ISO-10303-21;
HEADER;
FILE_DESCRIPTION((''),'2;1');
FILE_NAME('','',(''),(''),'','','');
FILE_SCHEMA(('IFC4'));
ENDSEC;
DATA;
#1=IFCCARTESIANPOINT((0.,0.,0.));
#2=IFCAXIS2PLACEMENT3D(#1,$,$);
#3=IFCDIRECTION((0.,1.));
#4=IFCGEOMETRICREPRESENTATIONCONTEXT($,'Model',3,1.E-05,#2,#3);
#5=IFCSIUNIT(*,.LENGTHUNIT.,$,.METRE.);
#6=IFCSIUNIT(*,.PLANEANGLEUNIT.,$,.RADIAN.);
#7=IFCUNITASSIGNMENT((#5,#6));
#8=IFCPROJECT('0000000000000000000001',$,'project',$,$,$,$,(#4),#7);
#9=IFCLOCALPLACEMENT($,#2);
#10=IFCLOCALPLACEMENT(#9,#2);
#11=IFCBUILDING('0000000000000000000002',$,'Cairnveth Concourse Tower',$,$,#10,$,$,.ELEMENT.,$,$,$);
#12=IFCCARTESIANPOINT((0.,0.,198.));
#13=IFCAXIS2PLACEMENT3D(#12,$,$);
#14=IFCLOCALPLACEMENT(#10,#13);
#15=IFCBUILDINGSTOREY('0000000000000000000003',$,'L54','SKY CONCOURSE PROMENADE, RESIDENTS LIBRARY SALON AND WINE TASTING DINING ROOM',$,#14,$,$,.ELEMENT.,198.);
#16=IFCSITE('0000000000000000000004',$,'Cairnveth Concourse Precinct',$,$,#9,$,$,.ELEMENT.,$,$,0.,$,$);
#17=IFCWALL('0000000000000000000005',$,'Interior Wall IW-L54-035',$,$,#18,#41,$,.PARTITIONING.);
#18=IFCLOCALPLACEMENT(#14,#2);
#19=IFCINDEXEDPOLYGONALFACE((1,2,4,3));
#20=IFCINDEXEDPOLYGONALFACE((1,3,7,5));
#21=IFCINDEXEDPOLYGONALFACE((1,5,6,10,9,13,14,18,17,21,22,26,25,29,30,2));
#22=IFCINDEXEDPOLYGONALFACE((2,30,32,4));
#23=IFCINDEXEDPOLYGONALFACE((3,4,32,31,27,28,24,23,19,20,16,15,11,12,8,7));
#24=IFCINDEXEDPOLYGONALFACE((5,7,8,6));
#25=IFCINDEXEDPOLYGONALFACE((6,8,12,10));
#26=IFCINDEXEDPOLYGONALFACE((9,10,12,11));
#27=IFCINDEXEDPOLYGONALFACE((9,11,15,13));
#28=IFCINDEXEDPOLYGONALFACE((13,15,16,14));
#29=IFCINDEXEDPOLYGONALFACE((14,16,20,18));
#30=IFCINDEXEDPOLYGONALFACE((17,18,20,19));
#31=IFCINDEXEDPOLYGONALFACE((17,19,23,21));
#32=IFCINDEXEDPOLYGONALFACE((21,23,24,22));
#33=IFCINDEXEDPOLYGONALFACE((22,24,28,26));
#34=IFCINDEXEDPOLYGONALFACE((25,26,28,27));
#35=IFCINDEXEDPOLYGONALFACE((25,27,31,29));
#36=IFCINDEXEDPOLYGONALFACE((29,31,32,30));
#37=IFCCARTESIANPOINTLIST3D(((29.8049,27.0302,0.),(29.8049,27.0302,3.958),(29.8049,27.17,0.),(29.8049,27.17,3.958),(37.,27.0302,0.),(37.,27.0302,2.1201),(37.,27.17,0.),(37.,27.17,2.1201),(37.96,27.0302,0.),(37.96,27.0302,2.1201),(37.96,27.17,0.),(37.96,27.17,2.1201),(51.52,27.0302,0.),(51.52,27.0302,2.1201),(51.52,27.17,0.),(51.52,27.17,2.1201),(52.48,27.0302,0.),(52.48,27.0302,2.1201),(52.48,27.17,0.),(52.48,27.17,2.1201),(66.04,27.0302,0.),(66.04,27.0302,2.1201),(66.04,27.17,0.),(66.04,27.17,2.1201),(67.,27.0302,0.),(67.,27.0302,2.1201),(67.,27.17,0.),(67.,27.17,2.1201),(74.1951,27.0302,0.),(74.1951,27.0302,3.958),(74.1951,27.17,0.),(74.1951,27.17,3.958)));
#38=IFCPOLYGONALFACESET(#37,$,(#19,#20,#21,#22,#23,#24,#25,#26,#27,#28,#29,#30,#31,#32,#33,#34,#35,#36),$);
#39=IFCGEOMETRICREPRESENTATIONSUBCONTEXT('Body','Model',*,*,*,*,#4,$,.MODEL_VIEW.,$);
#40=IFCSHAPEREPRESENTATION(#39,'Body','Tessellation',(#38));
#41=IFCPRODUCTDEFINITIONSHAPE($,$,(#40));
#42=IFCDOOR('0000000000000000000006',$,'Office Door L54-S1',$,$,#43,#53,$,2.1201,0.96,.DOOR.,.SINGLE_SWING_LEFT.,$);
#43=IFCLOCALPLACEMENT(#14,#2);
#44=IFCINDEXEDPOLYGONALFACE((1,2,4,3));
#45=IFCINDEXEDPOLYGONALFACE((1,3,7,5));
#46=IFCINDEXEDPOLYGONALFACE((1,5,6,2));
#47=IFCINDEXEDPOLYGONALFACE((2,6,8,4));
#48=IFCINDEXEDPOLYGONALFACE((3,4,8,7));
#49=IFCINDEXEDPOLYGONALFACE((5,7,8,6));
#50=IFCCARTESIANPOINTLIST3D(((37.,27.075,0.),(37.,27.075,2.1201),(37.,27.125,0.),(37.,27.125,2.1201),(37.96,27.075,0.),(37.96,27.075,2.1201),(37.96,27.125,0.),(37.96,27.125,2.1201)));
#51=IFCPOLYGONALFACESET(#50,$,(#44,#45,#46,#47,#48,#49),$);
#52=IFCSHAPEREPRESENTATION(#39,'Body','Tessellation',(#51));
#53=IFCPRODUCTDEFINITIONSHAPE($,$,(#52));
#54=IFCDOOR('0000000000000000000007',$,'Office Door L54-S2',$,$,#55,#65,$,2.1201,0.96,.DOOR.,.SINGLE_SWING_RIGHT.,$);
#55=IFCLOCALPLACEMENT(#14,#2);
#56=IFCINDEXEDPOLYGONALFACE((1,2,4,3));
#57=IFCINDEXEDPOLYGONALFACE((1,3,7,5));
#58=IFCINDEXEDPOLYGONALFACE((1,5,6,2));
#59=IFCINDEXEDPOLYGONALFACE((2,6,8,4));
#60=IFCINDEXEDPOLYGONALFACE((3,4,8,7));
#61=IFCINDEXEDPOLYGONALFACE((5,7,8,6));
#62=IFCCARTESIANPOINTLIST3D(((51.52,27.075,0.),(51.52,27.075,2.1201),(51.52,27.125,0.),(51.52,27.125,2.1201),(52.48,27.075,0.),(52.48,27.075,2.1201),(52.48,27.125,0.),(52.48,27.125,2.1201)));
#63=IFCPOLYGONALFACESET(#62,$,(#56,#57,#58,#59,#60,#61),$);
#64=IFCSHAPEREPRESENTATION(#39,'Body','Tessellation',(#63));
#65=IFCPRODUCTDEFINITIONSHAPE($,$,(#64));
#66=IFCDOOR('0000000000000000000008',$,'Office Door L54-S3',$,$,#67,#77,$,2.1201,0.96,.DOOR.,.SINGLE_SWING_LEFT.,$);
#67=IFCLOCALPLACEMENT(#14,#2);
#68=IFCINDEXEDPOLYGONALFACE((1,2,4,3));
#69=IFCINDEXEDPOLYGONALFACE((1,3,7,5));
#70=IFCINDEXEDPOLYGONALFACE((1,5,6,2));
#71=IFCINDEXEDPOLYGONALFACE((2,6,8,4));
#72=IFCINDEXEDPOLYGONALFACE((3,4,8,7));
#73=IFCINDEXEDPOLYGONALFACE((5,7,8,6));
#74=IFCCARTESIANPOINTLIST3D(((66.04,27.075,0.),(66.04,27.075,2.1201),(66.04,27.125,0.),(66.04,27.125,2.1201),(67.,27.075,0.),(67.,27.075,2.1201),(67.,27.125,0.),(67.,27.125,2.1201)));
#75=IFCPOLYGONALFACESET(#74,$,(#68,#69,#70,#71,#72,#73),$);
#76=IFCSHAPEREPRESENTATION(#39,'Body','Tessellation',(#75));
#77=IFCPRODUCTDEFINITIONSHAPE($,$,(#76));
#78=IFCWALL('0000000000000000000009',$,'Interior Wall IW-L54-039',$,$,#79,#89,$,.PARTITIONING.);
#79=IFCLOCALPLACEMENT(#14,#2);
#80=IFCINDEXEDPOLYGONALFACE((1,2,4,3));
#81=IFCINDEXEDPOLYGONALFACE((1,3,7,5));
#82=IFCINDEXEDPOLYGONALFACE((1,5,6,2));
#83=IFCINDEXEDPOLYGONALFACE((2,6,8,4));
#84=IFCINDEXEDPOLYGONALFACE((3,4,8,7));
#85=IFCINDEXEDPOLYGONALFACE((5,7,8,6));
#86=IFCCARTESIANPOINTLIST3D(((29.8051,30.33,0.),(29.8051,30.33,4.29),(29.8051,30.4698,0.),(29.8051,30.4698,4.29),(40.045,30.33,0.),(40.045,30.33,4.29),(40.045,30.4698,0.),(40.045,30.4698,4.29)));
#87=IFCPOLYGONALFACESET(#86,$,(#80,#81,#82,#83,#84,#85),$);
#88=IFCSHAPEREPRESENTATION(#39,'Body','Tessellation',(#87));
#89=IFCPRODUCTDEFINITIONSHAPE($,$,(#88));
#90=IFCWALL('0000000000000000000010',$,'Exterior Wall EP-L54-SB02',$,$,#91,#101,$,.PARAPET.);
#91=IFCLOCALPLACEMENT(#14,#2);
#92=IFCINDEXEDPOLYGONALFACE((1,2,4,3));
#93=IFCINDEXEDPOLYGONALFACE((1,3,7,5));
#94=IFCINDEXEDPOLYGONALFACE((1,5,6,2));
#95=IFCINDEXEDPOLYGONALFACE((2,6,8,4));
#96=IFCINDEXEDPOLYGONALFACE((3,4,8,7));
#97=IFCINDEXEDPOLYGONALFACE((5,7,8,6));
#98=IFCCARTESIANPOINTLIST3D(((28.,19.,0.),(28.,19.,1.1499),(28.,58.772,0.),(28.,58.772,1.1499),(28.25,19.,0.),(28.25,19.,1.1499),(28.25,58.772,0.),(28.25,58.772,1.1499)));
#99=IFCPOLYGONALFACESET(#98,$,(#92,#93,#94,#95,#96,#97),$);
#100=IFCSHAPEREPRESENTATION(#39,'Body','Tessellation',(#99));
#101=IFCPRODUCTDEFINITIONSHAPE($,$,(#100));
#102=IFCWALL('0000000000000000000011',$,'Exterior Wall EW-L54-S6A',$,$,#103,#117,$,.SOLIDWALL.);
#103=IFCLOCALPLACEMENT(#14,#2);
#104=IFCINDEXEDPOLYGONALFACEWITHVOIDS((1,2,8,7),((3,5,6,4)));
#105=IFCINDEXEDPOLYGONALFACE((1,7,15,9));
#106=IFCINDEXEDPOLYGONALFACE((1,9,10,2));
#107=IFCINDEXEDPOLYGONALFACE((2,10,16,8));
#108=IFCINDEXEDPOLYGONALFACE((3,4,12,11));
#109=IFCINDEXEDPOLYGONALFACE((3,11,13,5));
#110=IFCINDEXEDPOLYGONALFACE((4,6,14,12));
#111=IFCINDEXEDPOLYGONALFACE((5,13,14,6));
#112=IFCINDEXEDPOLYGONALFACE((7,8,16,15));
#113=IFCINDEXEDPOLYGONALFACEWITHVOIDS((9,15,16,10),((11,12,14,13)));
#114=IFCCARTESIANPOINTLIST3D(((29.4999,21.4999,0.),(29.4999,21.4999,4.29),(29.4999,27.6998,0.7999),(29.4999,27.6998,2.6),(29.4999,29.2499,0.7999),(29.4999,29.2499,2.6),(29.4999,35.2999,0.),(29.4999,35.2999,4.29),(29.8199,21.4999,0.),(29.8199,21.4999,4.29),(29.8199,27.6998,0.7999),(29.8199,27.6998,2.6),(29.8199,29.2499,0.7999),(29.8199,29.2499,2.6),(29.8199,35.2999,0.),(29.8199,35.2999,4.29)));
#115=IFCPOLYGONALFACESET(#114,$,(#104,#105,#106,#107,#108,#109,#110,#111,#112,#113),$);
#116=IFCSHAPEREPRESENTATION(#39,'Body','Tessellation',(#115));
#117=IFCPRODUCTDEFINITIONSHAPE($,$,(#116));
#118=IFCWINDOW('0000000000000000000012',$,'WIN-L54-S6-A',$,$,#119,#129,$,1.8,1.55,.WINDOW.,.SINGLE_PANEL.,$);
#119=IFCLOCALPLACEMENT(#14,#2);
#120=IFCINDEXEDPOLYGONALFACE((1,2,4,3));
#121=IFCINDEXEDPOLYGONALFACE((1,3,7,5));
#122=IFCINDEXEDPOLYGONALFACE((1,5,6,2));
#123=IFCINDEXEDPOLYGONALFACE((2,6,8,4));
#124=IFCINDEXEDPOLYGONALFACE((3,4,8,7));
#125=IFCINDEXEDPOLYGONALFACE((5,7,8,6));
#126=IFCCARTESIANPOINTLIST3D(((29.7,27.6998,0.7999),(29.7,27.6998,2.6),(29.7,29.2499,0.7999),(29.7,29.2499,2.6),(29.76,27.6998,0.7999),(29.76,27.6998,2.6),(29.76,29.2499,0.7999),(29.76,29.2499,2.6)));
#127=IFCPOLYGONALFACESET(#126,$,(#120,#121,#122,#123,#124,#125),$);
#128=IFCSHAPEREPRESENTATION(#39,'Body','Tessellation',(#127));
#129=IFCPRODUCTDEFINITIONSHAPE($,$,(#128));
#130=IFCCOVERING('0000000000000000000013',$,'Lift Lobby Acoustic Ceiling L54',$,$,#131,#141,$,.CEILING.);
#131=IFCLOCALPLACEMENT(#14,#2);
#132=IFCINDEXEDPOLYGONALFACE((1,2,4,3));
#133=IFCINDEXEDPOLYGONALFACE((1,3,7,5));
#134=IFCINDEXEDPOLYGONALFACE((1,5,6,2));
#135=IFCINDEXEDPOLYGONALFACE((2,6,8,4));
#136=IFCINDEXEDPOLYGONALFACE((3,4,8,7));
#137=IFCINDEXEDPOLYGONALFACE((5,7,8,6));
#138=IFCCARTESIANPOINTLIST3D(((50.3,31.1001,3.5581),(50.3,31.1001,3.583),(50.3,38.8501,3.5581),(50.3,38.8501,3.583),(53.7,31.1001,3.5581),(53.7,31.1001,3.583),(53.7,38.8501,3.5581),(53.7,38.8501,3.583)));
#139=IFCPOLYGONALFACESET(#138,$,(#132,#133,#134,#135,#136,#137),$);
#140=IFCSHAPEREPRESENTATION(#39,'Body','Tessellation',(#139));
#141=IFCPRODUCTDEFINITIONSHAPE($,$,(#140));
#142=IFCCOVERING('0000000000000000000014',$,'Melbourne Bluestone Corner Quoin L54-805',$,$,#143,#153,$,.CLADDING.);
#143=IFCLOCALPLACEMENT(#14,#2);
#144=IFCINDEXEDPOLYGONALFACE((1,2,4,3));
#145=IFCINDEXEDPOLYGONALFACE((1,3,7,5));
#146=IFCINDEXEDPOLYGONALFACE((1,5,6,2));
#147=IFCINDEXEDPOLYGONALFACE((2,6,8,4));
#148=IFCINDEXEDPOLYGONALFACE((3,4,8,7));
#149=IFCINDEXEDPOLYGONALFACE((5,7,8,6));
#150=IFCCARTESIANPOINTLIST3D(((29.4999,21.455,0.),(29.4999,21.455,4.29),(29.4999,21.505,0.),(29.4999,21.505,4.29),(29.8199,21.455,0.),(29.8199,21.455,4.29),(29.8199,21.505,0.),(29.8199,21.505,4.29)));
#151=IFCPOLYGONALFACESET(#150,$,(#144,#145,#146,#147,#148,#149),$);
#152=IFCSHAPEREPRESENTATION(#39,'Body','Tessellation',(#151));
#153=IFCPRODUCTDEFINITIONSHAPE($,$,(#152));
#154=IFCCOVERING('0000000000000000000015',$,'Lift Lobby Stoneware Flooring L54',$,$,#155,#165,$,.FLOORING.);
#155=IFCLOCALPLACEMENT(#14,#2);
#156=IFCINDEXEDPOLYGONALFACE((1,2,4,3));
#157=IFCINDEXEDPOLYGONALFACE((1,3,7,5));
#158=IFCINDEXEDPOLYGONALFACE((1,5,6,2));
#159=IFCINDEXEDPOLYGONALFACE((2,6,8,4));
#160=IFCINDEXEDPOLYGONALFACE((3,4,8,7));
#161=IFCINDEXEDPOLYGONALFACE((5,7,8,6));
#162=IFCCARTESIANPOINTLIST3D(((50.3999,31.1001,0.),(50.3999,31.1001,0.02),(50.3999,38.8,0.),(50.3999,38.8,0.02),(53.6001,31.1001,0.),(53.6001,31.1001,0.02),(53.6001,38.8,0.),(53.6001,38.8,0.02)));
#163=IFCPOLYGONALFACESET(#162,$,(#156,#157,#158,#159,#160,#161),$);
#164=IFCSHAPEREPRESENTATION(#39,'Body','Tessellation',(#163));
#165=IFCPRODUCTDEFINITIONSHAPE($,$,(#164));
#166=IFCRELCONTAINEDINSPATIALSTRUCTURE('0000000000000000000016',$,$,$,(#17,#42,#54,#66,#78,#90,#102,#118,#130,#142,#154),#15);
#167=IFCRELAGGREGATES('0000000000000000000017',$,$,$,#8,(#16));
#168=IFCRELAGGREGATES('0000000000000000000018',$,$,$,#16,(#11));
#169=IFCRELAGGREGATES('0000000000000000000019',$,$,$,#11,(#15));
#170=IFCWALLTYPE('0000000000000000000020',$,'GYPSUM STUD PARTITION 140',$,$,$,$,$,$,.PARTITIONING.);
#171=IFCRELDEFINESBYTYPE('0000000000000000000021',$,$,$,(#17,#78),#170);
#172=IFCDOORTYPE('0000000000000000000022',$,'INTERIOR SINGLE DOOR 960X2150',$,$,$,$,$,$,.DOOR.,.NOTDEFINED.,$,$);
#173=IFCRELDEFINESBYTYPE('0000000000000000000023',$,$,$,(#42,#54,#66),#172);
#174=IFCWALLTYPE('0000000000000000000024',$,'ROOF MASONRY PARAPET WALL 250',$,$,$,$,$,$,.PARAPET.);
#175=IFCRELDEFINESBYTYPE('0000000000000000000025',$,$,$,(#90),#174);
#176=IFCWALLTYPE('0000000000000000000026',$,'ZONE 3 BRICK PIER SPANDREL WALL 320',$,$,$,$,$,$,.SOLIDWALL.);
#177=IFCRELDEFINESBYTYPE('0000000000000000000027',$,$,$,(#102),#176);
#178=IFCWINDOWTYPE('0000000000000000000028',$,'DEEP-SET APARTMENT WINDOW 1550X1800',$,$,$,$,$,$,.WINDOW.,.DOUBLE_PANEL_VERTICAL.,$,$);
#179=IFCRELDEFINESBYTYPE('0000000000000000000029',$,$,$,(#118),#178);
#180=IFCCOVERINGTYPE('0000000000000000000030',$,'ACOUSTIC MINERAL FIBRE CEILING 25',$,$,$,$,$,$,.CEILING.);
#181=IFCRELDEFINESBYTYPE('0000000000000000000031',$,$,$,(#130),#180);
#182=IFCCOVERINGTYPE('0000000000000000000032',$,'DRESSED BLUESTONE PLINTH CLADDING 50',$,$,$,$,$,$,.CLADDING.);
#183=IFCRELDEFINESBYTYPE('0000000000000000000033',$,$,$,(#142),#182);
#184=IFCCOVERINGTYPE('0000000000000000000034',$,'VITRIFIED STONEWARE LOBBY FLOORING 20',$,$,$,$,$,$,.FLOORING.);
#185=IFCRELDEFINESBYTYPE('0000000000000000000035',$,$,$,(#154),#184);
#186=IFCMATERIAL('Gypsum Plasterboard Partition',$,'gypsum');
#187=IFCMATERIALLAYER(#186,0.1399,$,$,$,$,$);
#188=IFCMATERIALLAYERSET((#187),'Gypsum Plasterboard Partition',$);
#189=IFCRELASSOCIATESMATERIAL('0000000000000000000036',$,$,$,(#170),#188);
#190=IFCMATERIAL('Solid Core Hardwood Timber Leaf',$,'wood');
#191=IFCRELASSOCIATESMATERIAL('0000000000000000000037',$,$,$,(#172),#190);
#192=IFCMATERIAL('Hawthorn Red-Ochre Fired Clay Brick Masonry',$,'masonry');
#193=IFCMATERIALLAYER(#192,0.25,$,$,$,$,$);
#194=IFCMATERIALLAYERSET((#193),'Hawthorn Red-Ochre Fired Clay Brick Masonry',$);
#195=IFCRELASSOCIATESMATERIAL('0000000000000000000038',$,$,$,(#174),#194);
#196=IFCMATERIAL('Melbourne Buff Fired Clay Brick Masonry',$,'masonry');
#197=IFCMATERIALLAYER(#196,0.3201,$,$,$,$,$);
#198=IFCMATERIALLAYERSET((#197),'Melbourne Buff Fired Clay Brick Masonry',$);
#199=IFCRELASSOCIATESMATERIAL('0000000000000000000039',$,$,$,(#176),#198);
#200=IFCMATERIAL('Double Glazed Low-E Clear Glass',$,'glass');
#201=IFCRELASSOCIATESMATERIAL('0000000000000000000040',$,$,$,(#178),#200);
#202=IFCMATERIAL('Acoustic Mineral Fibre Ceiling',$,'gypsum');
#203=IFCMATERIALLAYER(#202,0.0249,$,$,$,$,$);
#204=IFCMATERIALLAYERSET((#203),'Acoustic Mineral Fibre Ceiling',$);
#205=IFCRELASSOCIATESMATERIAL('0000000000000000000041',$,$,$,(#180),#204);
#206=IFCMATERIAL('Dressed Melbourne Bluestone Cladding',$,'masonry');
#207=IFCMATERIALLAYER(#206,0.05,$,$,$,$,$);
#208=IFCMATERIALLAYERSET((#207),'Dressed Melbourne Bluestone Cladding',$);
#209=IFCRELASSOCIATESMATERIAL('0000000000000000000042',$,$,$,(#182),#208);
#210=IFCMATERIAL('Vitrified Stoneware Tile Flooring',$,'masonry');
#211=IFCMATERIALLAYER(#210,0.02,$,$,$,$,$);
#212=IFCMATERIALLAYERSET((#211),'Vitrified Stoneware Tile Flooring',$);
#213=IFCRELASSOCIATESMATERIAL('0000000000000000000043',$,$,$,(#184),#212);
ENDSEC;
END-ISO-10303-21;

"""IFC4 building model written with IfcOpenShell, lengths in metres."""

from ifc_helpers import new_model, si_unit, direction, frame, frame_2d, origin, place, context, subcontext, project, spatial, polyline, rectangle, outline, extrude, material, layer, layer_set, type_object, element, fill, save


model = new_model("IFC4")

# Units and contexts
model_context = context("Model", 3, precision=1e-05, world=origin(), true_north=direction((0.0, 1.0)))
body_context = subcontext(model_context, "Body", "Model", "MODEL_VIEW")
ifc_project = project(units=[si_unit("LENGTHUNIT", "METRE"), si_unit("PLANEANGLEUNIT", "RADIAN")], contexts=[model_context])

# Site, building, storey
site_placement = place(None, origin())
site = spatial("IfcSite", under=ifc_project, at=site_placement, Name="Cairnveth Concourse Precinct", CompositionType="ELEMENT", RefElevation=0.0)
building_placement = place(site_placement, origin())
building = spatial("IfcBuilding", under=site, at=building_placement, Name="Cairnveth Concourse Tower", CompositionType="ELEMENT")
storey_placement = place(building_placement, frame((0.0, 0.0, 198.0)))
storey = spatial("IfcBuildingStorey", under=building, at=storey_placement, Name="L54", Description="SKY CONCOURSE PROMENADE, RESIDENTS LIBRARY SALON AND WINE TASTING DINING ROOM", CompositionType="ELEMENT", Elevation=198.0)

# Wall, openings, doors
ifc_material_1 = material(Name="Gypsum Plasterboard Partition", Category="gypsum")
ifc_layer_1 = layer(ifc_material_1, 0.1399)
ifc_layer_set_1 = layer_set([ifc_layer_1], Name="Gypsum Plasterboard Partition")
wall_type_1 = type_object("IfcWallType", Name="GYPSUM STUD PARTITION 140", PredefinedType="PARTITIONING", material=ifc_layer_set_1)
wall_1_placement = place(storey_placement, frame((29.8049, 27.1001, 0.0), z_axis=(0.0, 0.0, 1.0), x_axis=(1.0, 0.0, 0.0)))
wall_1 = element("IfcWall", 1, at=wall_1_placement, inside=storey, type_object=wall_type_1, Name="Interior Wall IW-L54-035", PredefinedType="PARTITIONING", context=body_context, shape_type="SweptSolid", body=[
    extrude(rectangle(XDim=44.3901, YDim=0.1399, at=frame_2d((22.1951, 0.0))), origin(), (0.0, 0.0, 1.0), 3.958),
])
opening_1_placement = place(wall_1_placement, frame((7.1951, 0.0, 0.0)))
opening_1 = element("IfcOpeningElement", 2, at=opening_1_placement, cuts=wall_1, PredefinedType="OPENING", context=body_context, shape_type="SweptSolid", body=[
    extrude(rectangle(XDim=0.96, YDim=2.1201, at=frame_2d((0.48, 1.0601))), frame((0.0, 0.0798, 0.0), z_axis=(0.0, -1.0, 0.0), x_axis=(1.0, 0.0, 0.0)), (0.0, 0.0, 1.0), 0.1599),
])
opening_2_placement = place(wall_1_placement, frame((21.7151, 0.0, 0.0)))
opening_2 = element("IfcOpeningElement", 3, at=opening_2_placement, cuts=wall_1, PredefinedType="OPENING", context=body_context, shape_type="SweptSolid", body=[
    extrude(rectangle(XDim=0.96, YDim=2.1201, at=frame_2d((0.48, 1.0601))), frame((0.0, 0.0798, 0.0), z_axis=(0.0, -1.0, 0.0), x_axis=(1.0, 0.0, 0.0)), (0.0, 0.0, 1.0), 0.1599),
])
opening_3_placement = place(wall_1_placement, frame((36.2351, 0.0, 0.0)))
opening_3 = element("IfcOpeningElement", 4, at=opening_3_placement, cuts=wall_1, PredefinedType="OPENING", context=body_context, shape_type="SweptSolid", body=[
    extrude(rectangle(XDim=0.96, YDim=2.1201, at=frame_2d((0.48, 1.0601))), frame((0.0, 0.0798, 0.0), z_axis=(0.0, -1.0, 0.0), x_axis=(1.0, 0.0, 0.0)), (0.0, 0.0, 1.0), 0.1599),
])
ifc_material_2 = material(Name="Solid Core Hardwood Timber Leaf", Category="wood")
door_type = type_object("IfcDoorType", Name="INTERIOR SINGLE DOOR 960X2150", OperationType="NOTDEFINED", PredefinedType="DOOR", material=ifc_material_2)
door_1_placement = place(opening_1_placement, origin())
door_1 = element("IfcDoor", 5, at=door_1_placement, inside=storey, type_object=door_type, Name="Office Door L54-S1", OperationType="SINGLE_SWING_LEFT", OverallHeight=2.1201, OverallWidth=0.96, PredefinedType="DOOR", context=body_context, shape_type="SweptSolid", body=[
    extrude(rectangle(XDim=0.96, YDim=2.1201, at=frame_2d((0.48, 1.0601))), frame((0.0, 0.0249, 0.0), z_axis=(0.0, -1.0, 0.0), x_axis=(1.0, 0.0, 0.0)), (0.0, 0.0, 1.0), 0.05),
])
fill(opening_1, door_1)
door_2_placement = place(opening_2_placement, origin())
door_2 = element("IfcDoor", 6, at=door_2_placement, inside=storey, type_object=door_type, Name="Office Door L54-S2", OperationType="SINGLE_SWING_RIGHT", OverallHeight=2.1201, OverallWidth=0.96, PredefinedType="DOOR", context=body_context, shape_type="SweptSolid", body=[
    extrude(rectangle(XDim=0.96, YDim=2.1201, at=frame_2d((0.48, 1.0601))), frame((0.0, 0.0249, 0.0), z_axis=(0.0, -1.0, 0.0), x_axis=(1.0, 0.0, 0.0)), (0.0, 0.0, 1.0), 0.05),
])
fill(opening_2, door_2)
door_3_placement = place(opening_3_placement, origin())
door_3 = element("IfcDoor", 7, at=door_3_placement, inside=storey, type_object=door_type, Name="Office Door L54-S3", OperationType="SINGLE_SWING_LEFT", OverallHeight=2.1201, OverallWidth=0.96, PredefinedType="DOOR", context=body_context, shape_type="SweptSolid", body=[
    extrude(rectangle(XDim=0.96, YDim=2.1201, at=frame_2d((0.48, 1.0601))), frame((0.0, 0.0249, 0.0), z_axis=(0.0, -1.0, 0.0), x_axis=(1.0, 0.0, 0.0)), (0.0, 0.0, 1.0), 0.05),
])
fill(opening_3, door_3)

# Walls
wall_2_placement = place(storey_placement, frame((29.8049, 30.3999, 0.0), z_axis=(0.0, 0.0, 1.0), x_axis=(1.0, 0.0, 0.0)))
element("IfcWall", 8, at=wall_2_placement, inside=storey, type_object=wall_type_1, Name="Interior Wall IW-L54-039", PredefinedType="PARTITIONING", context=body_context, shape_type="SweptSolid", body=[
    extrude(rectangle(XDim=10.24, YDim=0.1399, at=frame_2d((5.1201, 0.0))), origin(), (0.0, 0.0, 1.0), 4.29),
])
ifc_material_3 = material(Name="Hawthorn Red-Ochre Fired Clay Brick Masonry", Category="masonry")
ifc_layer_2 = layer(ifc_material_3, 0.25)
ifc_layer_set_2 = layer_set([ifc_layer_2], Name="Hawthorn Red-Ochre Fired Clay Brick Masonry")
wall_type_2 = type_object("IfcWallType", Name="ROOF MASONRY PARAPET WALL 250", PredefinedType="PARAPET", material=ifc_layer_set_2)
wall_3_placement = place(storey_placement, frame((28.125, 19.0, 0.0), z_axis=(0.0, 0.0, 1.0), x_axis=(0.0, 1.0, 0.0)))
element("IfcWall", 9, at=wall_3_placement, inside=storey, type_object=wall_type_2, Name="Exterior Wall EP-L54-SB02", PredefinedType="PARAPET", context=body_context, shape_type="SweptSolid", body=[
    extrude(rectangle(XDim=39.772, YDim=0.25, at=frame_2d((19.886, 0.0))), origin(), (0.0, 0.0, 1.0), 1.1499),
])

# Wall, opening, window
ifc_material_4 = material(Name="Melbourne Buff Fired Clay Brick Masonry", Category="masonry")
ifc_layer_3 = layer(ifc_material_4, 0.3201)
ifc_layer_set_3 = layer_set([ifc_layer_3], Name="Melbourne Buff Fired Clay Brick Masonry")
wall_type_3 = type_object("IfcWallType", Name="ZONE 3 BRICK PIER SPANDREL WALL 320", PredefinedType="SOLIDWALL", material=ifc_layer_set_3)
wall_4_placement = place(storey_placement, frame((29.6599, 21.5, 0.0), z_axis=(0.0, 0.0, 1.0), x_axis=(0.0, 1.0, 0.0)))
wall_4 = element("IfcWall", 10, at=wall_4_placement, inside=storey, type_object=wall_type_3, Name="Exterior Wall EW-L54-S6A", PredefinedType="SOLIDWALL", context=body_context, shape_type="SweptSolid", body=[
    extrude(rectangle(XDim=13.8, YDim=0.3201, at=frame_2d((6.8999, 0.0))), origin(), (0.0, 0.0, 1.0), 4.29),
])
opening_4_placement = place(wall_4_placement, frame((6.2, 0.0, 0.8)))
opening_4 = element("IfcOpeningElement", 11, at=opening_4_placement, cuts=wall_4, PredefinedType="OPENING", context=body_context, shape_type="SweptSolid", body=[
    extrude(rectangle(XDim=1.55, YDim=1.8, at=frame_2d((0.7749, 0.8999))), frame((0.0, 0.1699, 0.0), z_axis=(0.0, -1.0, 0.0), x_axis=(1.0, 0.0, 0.0)), (0.0, 0.0, 1.0), 0.3401),
])
ifc_material_5 = material(Name="Double Glazed Low-E Clear Glass", Category="glass")
window_type = type_object("IfcWindowType", Name="DEEP-SET APARTMENT WINDOW 1550X1800", PartitioningType="DOUBLE_PANEL_VERTICAL", PredefinedType="WINDOW", material=ifc_material_5)
window_placement = place(opening_4_placement, origin())
window = element("IfcWindow", 12, at=window_placement, inside=storey, type_object=window_type, Name="WIN-L54-S6-A", OverallHeight=1.8, OverallWidth=1.55, PartitioningType="SINGLE_PANEL", PredefinedType="WINDOW", context=body_context, shape_type="SweptSolid", body=[
    extrude(rectangle(XDim=1.55, YDim=1.8, at=frame_2d((0.7749, 0.8999))), frame((0.0, -0.04, 0.0), z_axis=(0.0, -1.0, 0.0), x_axis=(1.0, 0.0, 0.0)), (0.0, 0.0, 1.0), 0.0601),
])
fill(opening_4, window)

# Coverings
ifc_material_6 = material(Name="Acoustic Mineral Fibre Ceiling", Category="gypsum")
ifc_layer_4 = layer(ifc_material_6, 0.0249)
ifc_layer_set_4 = layer_set([ifc_layer_4], Name="Acoustic Mineral Fibre Ceiling")
covering_type_1 = type_object("IfcCoveringType", Name="ACOUSTIC MINERAL FIBRE CEILING 25", PredefinedType="CEILING", material=ifc_layer_set_4)
covering_1_placement = place(storey_placement, frame((0.0, 0.0, 3.5581)))
element("IfcCovering", 13, at=covering_1_placement, inside=storey, type_object=covering_type_1, Name="Lift Lobby Acoustic Ceiling L54", PredefinedType="CEILING", context=body_context, shape_type="SweptSolid", body=[
    extrude(outline(polyline([(50.3, 31.1001), (53.7, 31.1001), (53.7, 38.8501), (50.3, 38.8501), (50.3, 31.1001)])), origin(), (0.0, 0.0, 1.0), 0.0249),
])
ifc_material_7 = material(Name="Dressed Melbourne Bluestone Cladding", Category="masonry")
ifc_layer_5 = layer(ifc_material_7, 0.05)
ifc_layer_set_5 = layer_set([ifc_layer_5], Name="Dressed Melbourne Bluestone Cladding")
covering_type_2 = type_object("IfcCoveringType", Name="DRESSED BLUESTONE PLINTH CLADDING 50", PredefinedType="CLADDING", material=ifc_layer_set_5)
covering_2_placement = place(storey_placement, frame((29.8201, 21.48, 0.0), z_axis=(0.0, 0.0, 1.0), x_axis=(-1.0, 0.0, 0.0)))
element("IfcCovering", 14, at=covering_2_placement, inside=storey, type_object=covering_type_2, Name="Melbourne Bluestone Corner Quoin L54-805", PredefinedType="CLADDING", context=body_context, shape_type="SweptSolid", body=[
    extrude(rectangle(XDim=0.3201, YDim=0.05, at=frame_2d((0.1602, 0.0))), origin(), (0.0, 0.0, 1.0), 4.29),
])
ifc_material_8 = material(Name="Vitrified Stoneware Tile Flooring", Category="masonry")
ifc_layer_6 = layer(ifc_material_8, 0.02)
ifc_layer_set_6 = layer_set([ifc_layer_6], Name="Vitrified Stoneware Tile Flooring")
covering_type_3 = type_object("IfcCoveringType", Name="VITRIFIED STONEWARE LOBBY FLOORING 20", PredefinedType="FLOORING", material=ifc_layer_set_6)
covering_3_placement = place(storey_placement, origin())
element("IfcCovering", 15, at=covering_3_placement, inside=storey, type_object=covering_type_3, Name="Lift Lobby Stoneware Flooring L54", PredefinedType="FLOORING", context=body_context, shape_type="SweptSolid", body=[
    extrude(outline(polyline([(50.3999, 31.1001), (53.6001, 31.1001), (53.6001, 38.8), (50.3999, 38.8), (50.3999, 31.1001)])), origin(), (0.0, 0.0, 1.0), 0.02),
])

save(model, "model.ifc")
